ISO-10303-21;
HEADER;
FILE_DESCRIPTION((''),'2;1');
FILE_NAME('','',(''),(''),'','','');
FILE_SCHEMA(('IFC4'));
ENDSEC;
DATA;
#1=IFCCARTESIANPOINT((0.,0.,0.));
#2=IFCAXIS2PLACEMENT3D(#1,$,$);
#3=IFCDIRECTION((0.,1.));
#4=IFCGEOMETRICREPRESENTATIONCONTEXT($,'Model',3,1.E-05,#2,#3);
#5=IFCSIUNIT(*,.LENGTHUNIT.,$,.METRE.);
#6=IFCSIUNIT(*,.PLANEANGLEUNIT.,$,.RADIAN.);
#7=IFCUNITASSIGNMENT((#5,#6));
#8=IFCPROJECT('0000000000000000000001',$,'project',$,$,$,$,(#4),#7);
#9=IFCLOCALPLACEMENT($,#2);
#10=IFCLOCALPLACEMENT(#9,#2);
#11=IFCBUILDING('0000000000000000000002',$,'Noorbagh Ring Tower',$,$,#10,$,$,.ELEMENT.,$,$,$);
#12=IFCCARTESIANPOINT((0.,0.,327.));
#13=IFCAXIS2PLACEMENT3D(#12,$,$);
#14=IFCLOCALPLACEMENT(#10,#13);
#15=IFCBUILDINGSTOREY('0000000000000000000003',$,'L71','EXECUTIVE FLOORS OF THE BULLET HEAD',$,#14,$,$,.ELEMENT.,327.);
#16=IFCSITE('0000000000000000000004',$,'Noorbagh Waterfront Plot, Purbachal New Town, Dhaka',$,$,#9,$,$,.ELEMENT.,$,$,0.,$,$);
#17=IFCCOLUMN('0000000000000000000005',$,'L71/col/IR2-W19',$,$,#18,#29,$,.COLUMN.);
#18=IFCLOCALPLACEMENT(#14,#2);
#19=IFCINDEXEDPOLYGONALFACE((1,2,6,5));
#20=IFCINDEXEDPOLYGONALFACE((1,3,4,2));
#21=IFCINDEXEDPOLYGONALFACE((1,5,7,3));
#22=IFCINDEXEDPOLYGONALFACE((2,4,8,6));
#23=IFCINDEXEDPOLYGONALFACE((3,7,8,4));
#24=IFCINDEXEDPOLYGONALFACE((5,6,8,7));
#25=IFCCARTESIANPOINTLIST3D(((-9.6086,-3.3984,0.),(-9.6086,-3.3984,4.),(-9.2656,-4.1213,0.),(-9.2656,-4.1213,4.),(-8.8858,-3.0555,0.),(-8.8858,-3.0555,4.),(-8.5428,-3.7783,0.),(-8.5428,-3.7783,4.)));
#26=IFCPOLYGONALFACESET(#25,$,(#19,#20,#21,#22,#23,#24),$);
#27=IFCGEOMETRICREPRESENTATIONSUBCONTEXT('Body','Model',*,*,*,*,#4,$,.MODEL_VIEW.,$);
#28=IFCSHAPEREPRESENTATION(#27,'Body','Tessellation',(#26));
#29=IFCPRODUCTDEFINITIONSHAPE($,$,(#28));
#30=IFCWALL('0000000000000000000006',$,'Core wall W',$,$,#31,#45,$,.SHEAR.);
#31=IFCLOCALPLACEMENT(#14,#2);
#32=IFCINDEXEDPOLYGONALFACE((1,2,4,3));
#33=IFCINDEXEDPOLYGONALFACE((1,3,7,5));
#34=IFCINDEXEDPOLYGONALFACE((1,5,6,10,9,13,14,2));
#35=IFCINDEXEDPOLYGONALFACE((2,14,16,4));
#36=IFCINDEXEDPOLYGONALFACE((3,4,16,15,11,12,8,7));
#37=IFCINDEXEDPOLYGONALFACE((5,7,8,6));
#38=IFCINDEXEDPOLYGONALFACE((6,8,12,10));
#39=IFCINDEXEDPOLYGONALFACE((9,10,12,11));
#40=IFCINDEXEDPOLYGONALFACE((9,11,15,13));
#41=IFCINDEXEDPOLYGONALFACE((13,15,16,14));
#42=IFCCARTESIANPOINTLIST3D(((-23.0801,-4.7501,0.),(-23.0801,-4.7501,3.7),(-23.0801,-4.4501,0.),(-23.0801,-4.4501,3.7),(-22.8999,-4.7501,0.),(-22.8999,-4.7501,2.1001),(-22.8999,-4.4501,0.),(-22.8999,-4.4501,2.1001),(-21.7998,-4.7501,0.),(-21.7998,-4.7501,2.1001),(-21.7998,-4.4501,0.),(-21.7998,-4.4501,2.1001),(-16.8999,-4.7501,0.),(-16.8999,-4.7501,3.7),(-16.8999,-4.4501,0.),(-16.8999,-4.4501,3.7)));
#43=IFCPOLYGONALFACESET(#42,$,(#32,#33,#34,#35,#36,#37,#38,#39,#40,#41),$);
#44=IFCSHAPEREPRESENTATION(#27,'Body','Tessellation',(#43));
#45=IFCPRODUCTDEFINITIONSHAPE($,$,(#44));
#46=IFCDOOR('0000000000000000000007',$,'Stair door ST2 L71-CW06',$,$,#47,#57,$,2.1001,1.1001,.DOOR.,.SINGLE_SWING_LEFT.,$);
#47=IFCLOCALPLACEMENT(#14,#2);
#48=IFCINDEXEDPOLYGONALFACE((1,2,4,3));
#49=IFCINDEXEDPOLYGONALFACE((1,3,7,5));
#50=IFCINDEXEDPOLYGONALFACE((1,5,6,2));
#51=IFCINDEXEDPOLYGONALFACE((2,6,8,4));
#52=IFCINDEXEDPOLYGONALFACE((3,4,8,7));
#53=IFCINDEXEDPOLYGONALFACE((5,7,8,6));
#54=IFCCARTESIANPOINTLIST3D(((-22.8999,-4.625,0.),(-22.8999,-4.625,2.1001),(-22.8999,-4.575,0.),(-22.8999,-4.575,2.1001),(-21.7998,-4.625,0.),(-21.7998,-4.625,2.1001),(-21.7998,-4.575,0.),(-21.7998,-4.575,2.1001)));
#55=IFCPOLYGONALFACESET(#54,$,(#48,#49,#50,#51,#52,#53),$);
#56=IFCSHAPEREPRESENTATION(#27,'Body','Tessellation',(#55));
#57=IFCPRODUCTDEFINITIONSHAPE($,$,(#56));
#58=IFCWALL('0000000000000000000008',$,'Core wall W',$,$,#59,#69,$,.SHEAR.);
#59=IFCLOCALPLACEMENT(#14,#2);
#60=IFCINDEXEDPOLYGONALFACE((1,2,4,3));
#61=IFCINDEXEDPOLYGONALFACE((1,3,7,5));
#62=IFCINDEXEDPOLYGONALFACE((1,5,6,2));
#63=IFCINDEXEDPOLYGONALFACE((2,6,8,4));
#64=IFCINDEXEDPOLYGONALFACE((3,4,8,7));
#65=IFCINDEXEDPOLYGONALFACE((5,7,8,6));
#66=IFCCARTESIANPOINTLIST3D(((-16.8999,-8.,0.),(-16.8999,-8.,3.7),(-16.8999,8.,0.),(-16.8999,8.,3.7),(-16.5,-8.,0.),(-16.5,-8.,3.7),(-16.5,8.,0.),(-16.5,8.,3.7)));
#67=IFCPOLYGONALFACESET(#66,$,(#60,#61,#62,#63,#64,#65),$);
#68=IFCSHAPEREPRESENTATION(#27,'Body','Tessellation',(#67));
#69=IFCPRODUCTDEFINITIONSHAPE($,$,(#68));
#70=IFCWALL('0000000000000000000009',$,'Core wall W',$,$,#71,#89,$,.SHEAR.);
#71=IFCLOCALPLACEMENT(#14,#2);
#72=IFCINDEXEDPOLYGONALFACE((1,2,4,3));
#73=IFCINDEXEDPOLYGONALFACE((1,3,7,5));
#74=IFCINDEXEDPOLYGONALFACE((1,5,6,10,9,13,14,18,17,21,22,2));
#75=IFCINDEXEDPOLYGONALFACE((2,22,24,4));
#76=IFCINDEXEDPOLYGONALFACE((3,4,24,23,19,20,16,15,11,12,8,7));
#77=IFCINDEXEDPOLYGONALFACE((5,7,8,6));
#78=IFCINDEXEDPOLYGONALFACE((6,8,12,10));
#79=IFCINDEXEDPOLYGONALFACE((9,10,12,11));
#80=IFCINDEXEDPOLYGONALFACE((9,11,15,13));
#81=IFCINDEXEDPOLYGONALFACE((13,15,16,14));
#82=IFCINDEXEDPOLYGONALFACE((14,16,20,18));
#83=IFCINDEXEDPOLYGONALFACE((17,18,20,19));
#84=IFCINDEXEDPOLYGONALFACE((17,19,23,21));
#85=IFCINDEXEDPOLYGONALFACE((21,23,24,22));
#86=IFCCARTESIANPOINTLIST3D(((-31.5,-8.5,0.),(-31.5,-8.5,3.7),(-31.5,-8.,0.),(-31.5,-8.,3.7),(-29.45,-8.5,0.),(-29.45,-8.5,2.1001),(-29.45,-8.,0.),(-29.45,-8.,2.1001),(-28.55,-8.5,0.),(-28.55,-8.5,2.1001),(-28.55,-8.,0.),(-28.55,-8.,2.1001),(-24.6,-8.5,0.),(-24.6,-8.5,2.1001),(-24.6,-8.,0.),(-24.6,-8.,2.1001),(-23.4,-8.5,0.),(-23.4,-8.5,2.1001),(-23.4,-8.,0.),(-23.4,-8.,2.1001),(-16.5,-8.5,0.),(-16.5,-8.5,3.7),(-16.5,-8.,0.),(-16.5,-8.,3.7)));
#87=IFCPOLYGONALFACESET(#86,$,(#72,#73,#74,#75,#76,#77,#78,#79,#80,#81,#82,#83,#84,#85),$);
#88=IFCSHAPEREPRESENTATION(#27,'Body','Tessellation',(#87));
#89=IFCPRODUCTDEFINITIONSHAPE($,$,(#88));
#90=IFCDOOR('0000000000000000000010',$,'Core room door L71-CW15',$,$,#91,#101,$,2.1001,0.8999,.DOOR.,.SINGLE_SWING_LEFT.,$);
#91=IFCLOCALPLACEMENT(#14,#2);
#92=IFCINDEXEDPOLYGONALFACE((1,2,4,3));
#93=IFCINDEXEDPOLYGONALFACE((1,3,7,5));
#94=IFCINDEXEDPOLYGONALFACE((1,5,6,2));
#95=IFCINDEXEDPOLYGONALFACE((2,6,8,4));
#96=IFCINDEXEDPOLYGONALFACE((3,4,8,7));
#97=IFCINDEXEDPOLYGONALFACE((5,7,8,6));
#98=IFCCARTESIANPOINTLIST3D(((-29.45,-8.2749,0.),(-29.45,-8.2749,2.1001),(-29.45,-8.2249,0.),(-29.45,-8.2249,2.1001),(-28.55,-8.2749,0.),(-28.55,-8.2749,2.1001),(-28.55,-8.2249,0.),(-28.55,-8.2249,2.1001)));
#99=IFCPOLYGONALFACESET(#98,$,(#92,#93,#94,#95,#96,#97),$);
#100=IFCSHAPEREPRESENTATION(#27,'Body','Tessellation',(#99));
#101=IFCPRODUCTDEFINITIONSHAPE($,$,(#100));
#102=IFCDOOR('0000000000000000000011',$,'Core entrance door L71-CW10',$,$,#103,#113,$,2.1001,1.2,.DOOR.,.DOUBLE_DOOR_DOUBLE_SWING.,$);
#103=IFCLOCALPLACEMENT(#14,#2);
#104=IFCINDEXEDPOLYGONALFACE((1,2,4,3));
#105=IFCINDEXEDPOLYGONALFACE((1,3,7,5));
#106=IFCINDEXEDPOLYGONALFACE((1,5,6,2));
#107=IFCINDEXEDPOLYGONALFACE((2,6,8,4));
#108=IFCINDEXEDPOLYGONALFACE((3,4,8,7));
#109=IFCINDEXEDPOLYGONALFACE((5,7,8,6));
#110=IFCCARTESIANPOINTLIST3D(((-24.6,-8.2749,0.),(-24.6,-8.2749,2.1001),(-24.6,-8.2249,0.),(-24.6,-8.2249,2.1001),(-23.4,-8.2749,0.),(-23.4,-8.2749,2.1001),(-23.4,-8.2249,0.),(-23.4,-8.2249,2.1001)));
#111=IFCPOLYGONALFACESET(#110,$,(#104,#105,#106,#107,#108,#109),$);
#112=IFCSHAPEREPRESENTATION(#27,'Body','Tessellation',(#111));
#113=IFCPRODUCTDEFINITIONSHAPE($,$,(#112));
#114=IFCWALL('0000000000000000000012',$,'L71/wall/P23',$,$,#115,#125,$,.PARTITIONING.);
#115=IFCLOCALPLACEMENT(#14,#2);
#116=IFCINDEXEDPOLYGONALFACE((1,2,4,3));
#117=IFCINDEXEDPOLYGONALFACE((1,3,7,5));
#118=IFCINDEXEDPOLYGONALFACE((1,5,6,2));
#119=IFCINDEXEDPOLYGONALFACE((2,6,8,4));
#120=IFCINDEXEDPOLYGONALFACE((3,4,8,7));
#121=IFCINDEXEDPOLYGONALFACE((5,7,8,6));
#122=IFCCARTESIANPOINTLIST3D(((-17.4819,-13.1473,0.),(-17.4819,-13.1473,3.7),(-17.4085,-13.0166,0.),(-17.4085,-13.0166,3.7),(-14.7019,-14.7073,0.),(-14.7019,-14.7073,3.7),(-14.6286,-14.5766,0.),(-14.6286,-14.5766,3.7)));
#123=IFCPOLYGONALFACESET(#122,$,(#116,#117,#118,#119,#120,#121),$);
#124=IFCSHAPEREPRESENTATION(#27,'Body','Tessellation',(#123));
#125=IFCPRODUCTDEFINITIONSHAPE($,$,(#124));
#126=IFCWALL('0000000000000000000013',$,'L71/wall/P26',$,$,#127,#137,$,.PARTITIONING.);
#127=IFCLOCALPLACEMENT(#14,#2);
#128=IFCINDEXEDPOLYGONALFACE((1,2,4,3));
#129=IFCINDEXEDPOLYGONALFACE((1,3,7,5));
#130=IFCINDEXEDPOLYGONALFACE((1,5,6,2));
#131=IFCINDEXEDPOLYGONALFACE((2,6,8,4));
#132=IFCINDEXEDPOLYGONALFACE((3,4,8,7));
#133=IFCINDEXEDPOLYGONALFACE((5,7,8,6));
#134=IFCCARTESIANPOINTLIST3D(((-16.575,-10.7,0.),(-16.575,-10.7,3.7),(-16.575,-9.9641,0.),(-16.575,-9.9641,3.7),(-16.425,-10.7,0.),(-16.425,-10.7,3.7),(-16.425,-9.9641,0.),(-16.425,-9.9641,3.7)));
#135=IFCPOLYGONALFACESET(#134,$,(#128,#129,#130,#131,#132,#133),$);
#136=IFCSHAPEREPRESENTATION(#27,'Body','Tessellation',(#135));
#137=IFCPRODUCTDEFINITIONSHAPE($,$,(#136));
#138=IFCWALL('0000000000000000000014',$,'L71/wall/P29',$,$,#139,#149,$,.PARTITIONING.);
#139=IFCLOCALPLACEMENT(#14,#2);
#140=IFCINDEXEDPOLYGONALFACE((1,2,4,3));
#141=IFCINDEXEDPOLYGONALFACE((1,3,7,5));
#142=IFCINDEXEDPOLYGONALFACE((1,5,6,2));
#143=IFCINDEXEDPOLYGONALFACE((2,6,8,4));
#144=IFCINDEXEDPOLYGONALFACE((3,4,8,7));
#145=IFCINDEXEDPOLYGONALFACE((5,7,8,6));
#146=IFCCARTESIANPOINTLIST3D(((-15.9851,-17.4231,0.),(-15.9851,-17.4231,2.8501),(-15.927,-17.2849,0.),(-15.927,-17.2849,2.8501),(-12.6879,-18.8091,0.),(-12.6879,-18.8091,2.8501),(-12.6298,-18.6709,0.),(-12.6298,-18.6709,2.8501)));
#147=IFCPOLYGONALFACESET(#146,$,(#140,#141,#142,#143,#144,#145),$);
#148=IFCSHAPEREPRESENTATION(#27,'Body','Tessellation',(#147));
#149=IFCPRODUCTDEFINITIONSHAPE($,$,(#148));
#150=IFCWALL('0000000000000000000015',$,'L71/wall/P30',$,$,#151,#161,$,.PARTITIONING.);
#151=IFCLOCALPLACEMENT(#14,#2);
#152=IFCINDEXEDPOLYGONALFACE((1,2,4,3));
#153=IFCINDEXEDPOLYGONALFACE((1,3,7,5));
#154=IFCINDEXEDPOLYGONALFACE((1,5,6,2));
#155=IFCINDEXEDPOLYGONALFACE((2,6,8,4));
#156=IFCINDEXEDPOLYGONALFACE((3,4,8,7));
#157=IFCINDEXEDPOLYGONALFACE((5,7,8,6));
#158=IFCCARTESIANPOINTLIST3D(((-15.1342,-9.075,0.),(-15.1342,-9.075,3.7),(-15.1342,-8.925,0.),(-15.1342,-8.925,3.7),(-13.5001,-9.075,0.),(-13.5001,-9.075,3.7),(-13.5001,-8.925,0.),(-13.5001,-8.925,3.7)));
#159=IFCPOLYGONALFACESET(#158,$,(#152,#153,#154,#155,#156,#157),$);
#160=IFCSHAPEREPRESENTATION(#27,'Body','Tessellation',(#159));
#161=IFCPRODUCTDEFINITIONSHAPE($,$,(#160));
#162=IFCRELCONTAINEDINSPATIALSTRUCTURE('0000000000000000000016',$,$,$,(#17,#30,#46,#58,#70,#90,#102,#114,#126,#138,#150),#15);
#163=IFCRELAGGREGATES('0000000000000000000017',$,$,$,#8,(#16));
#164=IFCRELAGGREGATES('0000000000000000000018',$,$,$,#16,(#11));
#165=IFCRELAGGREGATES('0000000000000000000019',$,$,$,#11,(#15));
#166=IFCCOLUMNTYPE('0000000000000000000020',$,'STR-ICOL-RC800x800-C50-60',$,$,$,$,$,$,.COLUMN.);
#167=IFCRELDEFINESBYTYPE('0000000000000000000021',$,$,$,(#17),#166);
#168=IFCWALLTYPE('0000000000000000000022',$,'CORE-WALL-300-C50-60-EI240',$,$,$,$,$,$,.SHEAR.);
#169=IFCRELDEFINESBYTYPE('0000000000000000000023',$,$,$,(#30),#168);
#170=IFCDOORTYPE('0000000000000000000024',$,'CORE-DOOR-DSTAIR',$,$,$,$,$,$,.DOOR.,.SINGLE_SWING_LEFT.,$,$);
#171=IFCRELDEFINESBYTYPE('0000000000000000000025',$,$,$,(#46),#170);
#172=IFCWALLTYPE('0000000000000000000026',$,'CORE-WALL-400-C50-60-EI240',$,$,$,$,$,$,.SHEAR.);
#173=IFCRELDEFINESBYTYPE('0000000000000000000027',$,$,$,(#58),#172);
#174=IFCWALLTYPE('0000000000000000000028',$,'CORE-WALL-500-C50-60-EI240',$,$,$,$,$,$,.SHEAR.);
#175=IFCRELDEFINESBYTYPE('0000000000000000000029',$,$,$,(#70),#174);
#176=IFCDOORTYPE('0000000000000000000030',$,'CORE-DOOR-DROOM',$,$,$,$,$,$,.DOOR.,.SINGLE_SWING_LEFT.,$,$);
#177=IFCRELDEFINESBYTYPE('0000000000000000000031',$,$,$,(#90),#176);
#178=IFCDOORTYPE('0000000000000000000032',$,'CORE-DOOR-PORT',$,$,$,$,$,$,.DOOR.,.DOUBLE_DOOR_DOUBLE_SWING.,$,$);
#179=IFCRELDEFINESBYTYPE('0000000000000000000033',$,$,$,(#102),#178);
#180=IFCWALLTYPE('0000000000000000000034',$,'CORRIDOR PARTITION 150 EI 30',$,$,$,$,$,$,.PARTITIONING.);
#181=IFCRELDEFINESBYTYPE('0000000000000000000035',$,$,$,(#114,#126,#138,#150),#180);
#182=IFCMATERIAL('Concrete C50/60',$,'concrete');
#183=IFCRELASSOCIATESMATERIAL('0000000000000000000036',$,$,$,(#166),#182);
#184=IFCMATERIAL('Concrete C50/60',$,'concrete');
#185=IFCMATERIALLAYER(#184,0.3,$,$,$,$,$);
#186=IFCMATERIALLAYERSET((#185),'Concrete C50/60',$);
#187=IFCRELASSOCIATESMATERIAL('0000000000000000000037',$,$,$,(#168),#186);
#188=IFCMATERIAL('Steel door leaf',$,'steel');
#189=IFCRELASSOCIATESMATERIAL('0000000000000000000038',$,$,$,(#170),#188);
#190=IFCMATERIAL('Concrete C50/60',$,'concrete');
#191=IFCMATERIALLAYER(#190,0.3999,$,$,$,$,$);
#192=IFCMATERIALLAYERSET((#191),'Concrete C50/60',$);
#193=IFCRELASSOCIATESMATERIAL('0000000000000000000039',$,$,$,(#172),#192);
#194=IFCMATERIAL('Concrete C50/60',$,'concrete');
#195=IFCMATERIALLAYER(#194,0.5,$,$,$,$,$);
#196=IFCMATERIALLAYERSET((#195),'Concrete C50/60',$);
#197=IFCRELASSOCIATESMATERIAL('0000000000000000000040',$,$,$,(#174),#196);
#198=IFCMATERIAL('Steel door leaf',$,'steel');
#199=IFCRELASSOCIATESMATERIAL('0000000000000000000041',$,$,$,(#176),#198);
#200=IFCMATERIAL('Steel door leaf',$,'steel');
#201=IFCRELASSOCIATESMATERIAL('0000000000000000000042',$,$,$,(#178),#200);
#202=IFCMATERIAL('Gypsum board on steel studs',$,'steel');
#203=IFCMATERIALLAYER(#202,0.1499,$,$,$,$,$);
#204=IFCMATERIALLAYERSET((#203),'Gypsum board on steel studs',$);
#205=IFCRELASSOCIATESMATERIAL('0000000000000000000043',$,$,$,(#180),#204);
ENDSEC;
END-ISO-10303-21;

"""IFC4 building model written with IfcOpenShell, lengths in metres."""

from ifc_helpers import new_model, si_unit, direction, frame, frame_2d, origin, origin_2d, place, context, subcontext, project, spatial, rectangle, extrude, material, layer, layer_set, material_profile, profile_set, type_object, element, fill, save


model = new_model("IFC4")

# Units and contexts
model_context = context("Model", 3, precision=1e-05, world=origin(), true_north=direction((0.0, 1.0)))
body_context = subcontext(model_context, "Body", "Model", "MODEL_VIEW")
ifc_project = project(units=[si_unit("LENGTHUNIT", "METRE"), si_unit("PLANEANGLEUNIT", "RADIAN")], contexts=[model_context])

# Site, building, storey
site_placement = place(None, origin())
site = spatial("IfcSite", under=ifc_project, at=site_placement, Name="Noorbagh Waterfront Plot, Purbachal New Town, Dhaka", CompositionType="ELEMENT", RefElevation=0.0)
building_placement = place(site_placement, origin())
building = spatial("IfcBuilding", under=site, at=building_placement, Name="Noorbagh Ring Tower", CompositionType="ELEMENT")
storey_placement = place(building_placement, frame((0.0, 0.0, 327.0)))
storey = spatial("IfcBuildingStorey", under=building, at=storey_placement, Name="L71", Description="EXECUTIVE FLOORS OF THE BULLET HEAD", CompositionType="ELEMENT", Elevation=327.0)

# Column
ifc_material_1 = material(Name="Concrete C50/60", Category="concrete")
ifc_material_profile = material_profile(ifc_material_1, rectangle(XDim=0.8, YDim=0.8, at=origin_2d()), Name="RC800x800")
ifc_profile_set = profile_set([ifc_material_profile], Name="Concrete C50/60")
column_type = type_object("IfcColumnType", Name="STR-ICOL-RC800x800-C50-60", PredefinedType="COLUMN", material=ifc_profile_set)
column_placement = place(storey_placement, frame((-9.0757, -3.5884, 0.0), z_axis=(0.0, 0.0, 1.0), x_axis=(0.428667, -0.903463, 0.0)))
element("IfcColumn", 1, at=column_placement, inside=storey, type_object=column_type, Name="L71/col/IR2-W19", PredefinedType="COLUMN", context=body_context, shape_type="SweptSolid", body=[
    extrude(rectangle(XDim=0.8, YDim=0.8, at=origin_2d()), origin(), (0.0, 0.0, 1.0), 4.0),
])

# Wall, opening, door
ifc_material_2 = material(Name="Concrete C50/60", Category="concrete")
ifc_layer_1 = layer(ifc_material_2, 0.3)
ifc_layer_set_1 = layer_set([ifc_layer_1], Name="Concrete C50/60")
wall_type_1 = type_object("IfcWallType", Name="CORE-WALL-300-C50-60-EI240", PredefinedType="SHEAR", material=ifc_layer_set_1)
wall_1_placement = place(storey_placement, frame((-16.8999, -4.6001, 0.0), z_axis=(0.0, 0.0, 1.0), x_axis=(-1.0, 0.0, 0.0)))
wall_1 = element("IfcWall", 2, at=wall_1_placement, inside=storey, type_object=wall_type_1, Name="Core wall W", PredefinedType="SHEAR", context=body_context, shape_type="SweptSolid", body=[
    extrude(rectangle(XDim=6.1802, YDim=0.3, at=frame_2d((3.0901, 0.0))), origin(), (0.0, 0.0, 1.0), 3.7),
])
opening_1_placement = place(wall_1_placement, frame((4.8999, 0.0, 0.0)))
opening_1 = element("IfcOpeningElement", 3, at=opening_1_placement, cuts=wall_1, PredefinedType="OPENING", context=body_context, shape_type="SweptSolid", body=[
    extrude(rectangle(XDim=1.1001, YDim=2.1001, at=frame_2d((0.55, 1.05))), frame((0.0, 0.1602, 0.0), z_axis=(0.0, -1.0, 0.0), x_axis=(1.0, 0.0, 0.0)), (0.0, 0.0, 1.0), 0.3201),
])
ifc_material_3 = material(Name="Steel door leaf", Category="steel")
door_type_1 = type_object("IfcDoorType", Name="CORE-DOOR-DSTAIR", OperationType="SINGLE_SWING_LEFT", PredefinedType="DOOR", material=ifc_material_3)
door_1_placement = place(opening_1_placement, origin())
door_1 = element("IfcDoor", 4, at=door_1_placement, inside=storey, type_object=door_type_1, Name="Stair door ST2 L71-CW06", OperationType="SINGLE_SWING_LEFT", OverallHeight=2.1001, OverallWidth=1.1001, PredefinedType="DOOR", context=body_context, shape_type="SweptSolid", body=[
    extrude(rectangle(XDim=1.1001, YDim=2.1001, at=frame_2d((0.55, 1.05))), frame((0.0, 0.0249, 0.0), z_axis=(0.0, -1.0, 0.0), x_axis=(1.0, 0.0, 0.0)), (0.0, 0.0, 1.0), 0.05),
])
fill(opening_1, door_1)

# Wall
ifc_material_4 = material(Name="Concrete C50/60", Category="concrete")
ifc_layer_2 = layer(ifc_material_4, 0.3999)
ifc_layer_set_2 = layer_set([ifc_layer_2], Name="Concrete C50/60")
wall_type_2 = type_object("IfcWallType", Name="CORE-WALL-400-C50-60-EI240", PredefinedType="SHEAR", material=ifc_layer_set_2)
wall_2_placement = place(storey_placement, frame((-16.7, -8.0, 0.0), z_axis=(0.0, 0.0, 1.0), x_axis=(0.0, 1.0, 0.0)))
element("IfcWall", 5, at=wall_2_placement, inside=storey, type_object=wall_type_2, Name="Core wall W", PredefinedType="SHEAR", context=body_context, shape_type="SweptSolid", body=[
    extrude(rectangle(XDim=16.0, YDim=0.3999, at=frame_2d((8.0, 0.0))), origin(), (0.0, 0.0, 1.0), 3.7),
])

# Wall, openings, doors
ifc_material_5 = material(Name="Concrete C50/60", Category="concrete")
ifc_layer_3 = layer(ifc_material_5, 0.5)
ifc_layer_set_3 = layer_set([ifc_layer_3], Name="Concrete C50/60")
wall_type_3 = type_object("IfcWallType", Name="CORE-WALL-500-C50-60-EI240", PredefinedType="SHEAR", material=ifc_layer_set_3)
wall_3_placement = place(storey_placement, frame((-16.5, -8.25, 0.0), z_axis=(0.0, 0.0, 1.0), x_axis=(-1.0, 0.0, 0.0)))
wall_3 = element("IfcWall", 6, at=wall_3_placement, inside=storey, type_object=wall_type_3, Name="Core wall W", PredefinedType="SHEAR", context=body_context, shape_type="SweptSolid", body=[
    extrude(rectangle(XDim=15.0, YDim=0.5, at=frame_2d((7.5, 0.0))), origin(), (0.0, 0.0, 1.0), 3.7),
])
opening_2_placement = place(wall_3_placement, frame((6.8999, 0.0, 0.0)))
opening_2 = element("IfcOpeningElement", 7, at=opening_2_placement, cuts=wall_3, PredefinedType="OPENING", context=body_context, shape_type="SweptSolid", body=[
    extrude(rectangle(XDim=1.2, YDim=2.1001, at=frame_2d((0.6001, 1.05))), frame((0.0, 0.26, 0.0), z_axis=(0.0, -1.0, 0.0), x_axis=(1.0, 0.0, 0.0)), (0.0, 0.0, 1.0), 0.52),
])
opening_3_placement = place(wall_3_placement, frame((12.05, 0.0, 0.0)))
opening_3 = element("IfcOpeningElement", 8, at=opening_3_placement, cuts=wall_3, PredefinedType="OPENING", context=body_context, shape_type="SweptSolid", body=[
    extrude(rectangle(XDim=0.8999, YDim=2.1001, at=frame_2d((0.45, 1.05))), frame((0.0, 0.26, 0.0), z_axis=(0.0, -1.0, 0.0), x_axis=(1.0, 0.0, 0.0)), (0.0, 0.0, 1.0), 0.52),
])
ifc_material_6 = material(Name="Steel door leaf", Category="steel")
door_type_2 = type_object("IfcDoorType", Name="CORE-DOOR-DROOM", OperationType="SINGLE_SWING_LEFT", PredefinedType="DOOR", material=ifc_material_6)
door_2_placement = place(opening_3_placement, origin())
door_2 = element("IfcDoor", 9, at=door_2_placement, inside=storey, type_object=door_type_2, Name="Core room door L71-CW15", OperationType="SINGLE_SWING_LEFT", OverallHeight=2.1001, OverallWidth=0.8999, PredefinedType="DOOR", context=body_context, shape_type="SweptSolid", body=[
    extrude(rectangle(XDim=0.8999, YDim=2.1001, at=frame_2d((0.45, 1.05))), frame((0.0, 0.0249, 0.0), z_axis=(0.0, -1.0, 0.0), x_axis=(1.0, 0.0, 0.0)), (0.0, 0.0, 1.0), 0.05),
])
fill(opening_3, door_2)
ifc_material_7 = material(Name="Steel door leaf", Category="steel")
door_type_3 = type_object("IfcDoorType", Name="CORE-DOOR-PORT", OperationType="DOUBLE_DOOR_DOUBLE_SWING", PredefinedType="DOOR", material=ifc_material_7)
door_3_placement = place(opening_2_placement, origin())
door_3 = element("IfcDoor", 10, at=door_3_placement, inside=storey, type_object=door_type_3, Name="Core entrance door L71-CW10", OperationType="DOUBLE_DOOR_DOUBLE_SWING", OverallHeight=2.1001, OverallWidth=1.2, PredefinedType="DOOR", context=body_context, shape_type="SweptSolid", body=[
    extrude(rectangle(XDim=1.2, YDim=2.1001, at=frame_2d((0.6001, 1.05))), frame((0.0, 0.0249, 0.0), z_axis=(0.0, -1.0, 0.0), x_axis=(1.0, 0.0, 0.0)), (0.0, 0.0, 1.0), 0.05),
])
fill(opening_2, door_3)

# Walls
ifc_material_8 = material(Name="Gypsum board on steel studs", Category="steel")
ifc_layer_4 = layer(ifc_material_8, 0.1499)
ifc_layer_set_4 = layer_set([ifc_layer_4], Name="Gypsum board on steel studs")
wall_type_4 = type_object("IfcWallType", Name="CORRIDOR PARTITION 150 EI 30", PredefinedType="PARTITIONING", material=ifc_layer_set_4)
wall_4_placement = place(storey_placement, frame((-17.4451, -13.082, 0.0), z_axis=(0.0, 0.0, 1.0), x_axis=(0.872072, -0.489377, 0.0)))
element("IfcWall", 11, at=wall_4_placement, inside=storey, type_object=wall_type_4, Name="L71/wall/P23", PredefinedType="PARTITIONING", context=body_context, shape_type="SweptSolid", body=[
    extrude(rectangle(XDim=3.1877, YDim=0.1499, at=frame_2d((1.5938, 0.0))), origin(), (0.0, 0.0, 1.0), 3.7),
])
wall_5_placement = place(storey_placement, frame((-16.5, -10.7, 0.0), z_axis=(0.0, 0.0, 1.0), x_axis=(0.0, 1.0, 0.0)))
element("IfcWall", 12, at=wall_5_placement, inside=storey, type_object=wall_type_4, Name="L71/wall/P26", PredefinedType="PARTITIONING", context=body_context, shape_type="SweptSolid", body=[
    extrude(rectangle(XDim=0.7358, YDim=0.1499, at=frame_2d((0.3679, 0.0))), origin(), (0.0, 0.0, 1.0), 3.7),
])
wall_6_placement = place(storey_placement, frame((-15.9561, -17.354, 0.0), z_axis=(0.0, 0.0, 1.0), x_axis=(0.921863, -0.387517, 0.0)))
element("IfcWall", 13, at=wall_6_placement, inside=storey, type_object=wall_type_4, Name="L71/wall/P29", PredefinedType="PARTITIONING", context=body_context, shape_type="SweptSolid", body=[
    extrude(rectangle(XDim=3.5767, YDim=0.1499, at=frame_2d((1.7883, 0.0))), origin(), (0.0, 0.0, 1.0), 2.8501),
])
wall_7_placement = place(storey_placement, frame((-15.134, -9.0, 0.0), z_axis=(0.0, 0.0, 1.0), x_axis=(1.0, 0.0, 0.0)))
element("IfcWall", 14, at=wall_7_placement, inside=storey, type_object=wall_type_4, Name="L71/wall/P30", PredefinedType="PARTITIONING", context=body_context, shape_type="SweptSolid", body=[
    extrude(rectangle(XDim=1.634, YDim=0.1499, at=frame_2d((0.8169, 0.0))), origin(), (0.0, 0.0, 1.0), 3.7),
])

save(model, "model.ifc")
